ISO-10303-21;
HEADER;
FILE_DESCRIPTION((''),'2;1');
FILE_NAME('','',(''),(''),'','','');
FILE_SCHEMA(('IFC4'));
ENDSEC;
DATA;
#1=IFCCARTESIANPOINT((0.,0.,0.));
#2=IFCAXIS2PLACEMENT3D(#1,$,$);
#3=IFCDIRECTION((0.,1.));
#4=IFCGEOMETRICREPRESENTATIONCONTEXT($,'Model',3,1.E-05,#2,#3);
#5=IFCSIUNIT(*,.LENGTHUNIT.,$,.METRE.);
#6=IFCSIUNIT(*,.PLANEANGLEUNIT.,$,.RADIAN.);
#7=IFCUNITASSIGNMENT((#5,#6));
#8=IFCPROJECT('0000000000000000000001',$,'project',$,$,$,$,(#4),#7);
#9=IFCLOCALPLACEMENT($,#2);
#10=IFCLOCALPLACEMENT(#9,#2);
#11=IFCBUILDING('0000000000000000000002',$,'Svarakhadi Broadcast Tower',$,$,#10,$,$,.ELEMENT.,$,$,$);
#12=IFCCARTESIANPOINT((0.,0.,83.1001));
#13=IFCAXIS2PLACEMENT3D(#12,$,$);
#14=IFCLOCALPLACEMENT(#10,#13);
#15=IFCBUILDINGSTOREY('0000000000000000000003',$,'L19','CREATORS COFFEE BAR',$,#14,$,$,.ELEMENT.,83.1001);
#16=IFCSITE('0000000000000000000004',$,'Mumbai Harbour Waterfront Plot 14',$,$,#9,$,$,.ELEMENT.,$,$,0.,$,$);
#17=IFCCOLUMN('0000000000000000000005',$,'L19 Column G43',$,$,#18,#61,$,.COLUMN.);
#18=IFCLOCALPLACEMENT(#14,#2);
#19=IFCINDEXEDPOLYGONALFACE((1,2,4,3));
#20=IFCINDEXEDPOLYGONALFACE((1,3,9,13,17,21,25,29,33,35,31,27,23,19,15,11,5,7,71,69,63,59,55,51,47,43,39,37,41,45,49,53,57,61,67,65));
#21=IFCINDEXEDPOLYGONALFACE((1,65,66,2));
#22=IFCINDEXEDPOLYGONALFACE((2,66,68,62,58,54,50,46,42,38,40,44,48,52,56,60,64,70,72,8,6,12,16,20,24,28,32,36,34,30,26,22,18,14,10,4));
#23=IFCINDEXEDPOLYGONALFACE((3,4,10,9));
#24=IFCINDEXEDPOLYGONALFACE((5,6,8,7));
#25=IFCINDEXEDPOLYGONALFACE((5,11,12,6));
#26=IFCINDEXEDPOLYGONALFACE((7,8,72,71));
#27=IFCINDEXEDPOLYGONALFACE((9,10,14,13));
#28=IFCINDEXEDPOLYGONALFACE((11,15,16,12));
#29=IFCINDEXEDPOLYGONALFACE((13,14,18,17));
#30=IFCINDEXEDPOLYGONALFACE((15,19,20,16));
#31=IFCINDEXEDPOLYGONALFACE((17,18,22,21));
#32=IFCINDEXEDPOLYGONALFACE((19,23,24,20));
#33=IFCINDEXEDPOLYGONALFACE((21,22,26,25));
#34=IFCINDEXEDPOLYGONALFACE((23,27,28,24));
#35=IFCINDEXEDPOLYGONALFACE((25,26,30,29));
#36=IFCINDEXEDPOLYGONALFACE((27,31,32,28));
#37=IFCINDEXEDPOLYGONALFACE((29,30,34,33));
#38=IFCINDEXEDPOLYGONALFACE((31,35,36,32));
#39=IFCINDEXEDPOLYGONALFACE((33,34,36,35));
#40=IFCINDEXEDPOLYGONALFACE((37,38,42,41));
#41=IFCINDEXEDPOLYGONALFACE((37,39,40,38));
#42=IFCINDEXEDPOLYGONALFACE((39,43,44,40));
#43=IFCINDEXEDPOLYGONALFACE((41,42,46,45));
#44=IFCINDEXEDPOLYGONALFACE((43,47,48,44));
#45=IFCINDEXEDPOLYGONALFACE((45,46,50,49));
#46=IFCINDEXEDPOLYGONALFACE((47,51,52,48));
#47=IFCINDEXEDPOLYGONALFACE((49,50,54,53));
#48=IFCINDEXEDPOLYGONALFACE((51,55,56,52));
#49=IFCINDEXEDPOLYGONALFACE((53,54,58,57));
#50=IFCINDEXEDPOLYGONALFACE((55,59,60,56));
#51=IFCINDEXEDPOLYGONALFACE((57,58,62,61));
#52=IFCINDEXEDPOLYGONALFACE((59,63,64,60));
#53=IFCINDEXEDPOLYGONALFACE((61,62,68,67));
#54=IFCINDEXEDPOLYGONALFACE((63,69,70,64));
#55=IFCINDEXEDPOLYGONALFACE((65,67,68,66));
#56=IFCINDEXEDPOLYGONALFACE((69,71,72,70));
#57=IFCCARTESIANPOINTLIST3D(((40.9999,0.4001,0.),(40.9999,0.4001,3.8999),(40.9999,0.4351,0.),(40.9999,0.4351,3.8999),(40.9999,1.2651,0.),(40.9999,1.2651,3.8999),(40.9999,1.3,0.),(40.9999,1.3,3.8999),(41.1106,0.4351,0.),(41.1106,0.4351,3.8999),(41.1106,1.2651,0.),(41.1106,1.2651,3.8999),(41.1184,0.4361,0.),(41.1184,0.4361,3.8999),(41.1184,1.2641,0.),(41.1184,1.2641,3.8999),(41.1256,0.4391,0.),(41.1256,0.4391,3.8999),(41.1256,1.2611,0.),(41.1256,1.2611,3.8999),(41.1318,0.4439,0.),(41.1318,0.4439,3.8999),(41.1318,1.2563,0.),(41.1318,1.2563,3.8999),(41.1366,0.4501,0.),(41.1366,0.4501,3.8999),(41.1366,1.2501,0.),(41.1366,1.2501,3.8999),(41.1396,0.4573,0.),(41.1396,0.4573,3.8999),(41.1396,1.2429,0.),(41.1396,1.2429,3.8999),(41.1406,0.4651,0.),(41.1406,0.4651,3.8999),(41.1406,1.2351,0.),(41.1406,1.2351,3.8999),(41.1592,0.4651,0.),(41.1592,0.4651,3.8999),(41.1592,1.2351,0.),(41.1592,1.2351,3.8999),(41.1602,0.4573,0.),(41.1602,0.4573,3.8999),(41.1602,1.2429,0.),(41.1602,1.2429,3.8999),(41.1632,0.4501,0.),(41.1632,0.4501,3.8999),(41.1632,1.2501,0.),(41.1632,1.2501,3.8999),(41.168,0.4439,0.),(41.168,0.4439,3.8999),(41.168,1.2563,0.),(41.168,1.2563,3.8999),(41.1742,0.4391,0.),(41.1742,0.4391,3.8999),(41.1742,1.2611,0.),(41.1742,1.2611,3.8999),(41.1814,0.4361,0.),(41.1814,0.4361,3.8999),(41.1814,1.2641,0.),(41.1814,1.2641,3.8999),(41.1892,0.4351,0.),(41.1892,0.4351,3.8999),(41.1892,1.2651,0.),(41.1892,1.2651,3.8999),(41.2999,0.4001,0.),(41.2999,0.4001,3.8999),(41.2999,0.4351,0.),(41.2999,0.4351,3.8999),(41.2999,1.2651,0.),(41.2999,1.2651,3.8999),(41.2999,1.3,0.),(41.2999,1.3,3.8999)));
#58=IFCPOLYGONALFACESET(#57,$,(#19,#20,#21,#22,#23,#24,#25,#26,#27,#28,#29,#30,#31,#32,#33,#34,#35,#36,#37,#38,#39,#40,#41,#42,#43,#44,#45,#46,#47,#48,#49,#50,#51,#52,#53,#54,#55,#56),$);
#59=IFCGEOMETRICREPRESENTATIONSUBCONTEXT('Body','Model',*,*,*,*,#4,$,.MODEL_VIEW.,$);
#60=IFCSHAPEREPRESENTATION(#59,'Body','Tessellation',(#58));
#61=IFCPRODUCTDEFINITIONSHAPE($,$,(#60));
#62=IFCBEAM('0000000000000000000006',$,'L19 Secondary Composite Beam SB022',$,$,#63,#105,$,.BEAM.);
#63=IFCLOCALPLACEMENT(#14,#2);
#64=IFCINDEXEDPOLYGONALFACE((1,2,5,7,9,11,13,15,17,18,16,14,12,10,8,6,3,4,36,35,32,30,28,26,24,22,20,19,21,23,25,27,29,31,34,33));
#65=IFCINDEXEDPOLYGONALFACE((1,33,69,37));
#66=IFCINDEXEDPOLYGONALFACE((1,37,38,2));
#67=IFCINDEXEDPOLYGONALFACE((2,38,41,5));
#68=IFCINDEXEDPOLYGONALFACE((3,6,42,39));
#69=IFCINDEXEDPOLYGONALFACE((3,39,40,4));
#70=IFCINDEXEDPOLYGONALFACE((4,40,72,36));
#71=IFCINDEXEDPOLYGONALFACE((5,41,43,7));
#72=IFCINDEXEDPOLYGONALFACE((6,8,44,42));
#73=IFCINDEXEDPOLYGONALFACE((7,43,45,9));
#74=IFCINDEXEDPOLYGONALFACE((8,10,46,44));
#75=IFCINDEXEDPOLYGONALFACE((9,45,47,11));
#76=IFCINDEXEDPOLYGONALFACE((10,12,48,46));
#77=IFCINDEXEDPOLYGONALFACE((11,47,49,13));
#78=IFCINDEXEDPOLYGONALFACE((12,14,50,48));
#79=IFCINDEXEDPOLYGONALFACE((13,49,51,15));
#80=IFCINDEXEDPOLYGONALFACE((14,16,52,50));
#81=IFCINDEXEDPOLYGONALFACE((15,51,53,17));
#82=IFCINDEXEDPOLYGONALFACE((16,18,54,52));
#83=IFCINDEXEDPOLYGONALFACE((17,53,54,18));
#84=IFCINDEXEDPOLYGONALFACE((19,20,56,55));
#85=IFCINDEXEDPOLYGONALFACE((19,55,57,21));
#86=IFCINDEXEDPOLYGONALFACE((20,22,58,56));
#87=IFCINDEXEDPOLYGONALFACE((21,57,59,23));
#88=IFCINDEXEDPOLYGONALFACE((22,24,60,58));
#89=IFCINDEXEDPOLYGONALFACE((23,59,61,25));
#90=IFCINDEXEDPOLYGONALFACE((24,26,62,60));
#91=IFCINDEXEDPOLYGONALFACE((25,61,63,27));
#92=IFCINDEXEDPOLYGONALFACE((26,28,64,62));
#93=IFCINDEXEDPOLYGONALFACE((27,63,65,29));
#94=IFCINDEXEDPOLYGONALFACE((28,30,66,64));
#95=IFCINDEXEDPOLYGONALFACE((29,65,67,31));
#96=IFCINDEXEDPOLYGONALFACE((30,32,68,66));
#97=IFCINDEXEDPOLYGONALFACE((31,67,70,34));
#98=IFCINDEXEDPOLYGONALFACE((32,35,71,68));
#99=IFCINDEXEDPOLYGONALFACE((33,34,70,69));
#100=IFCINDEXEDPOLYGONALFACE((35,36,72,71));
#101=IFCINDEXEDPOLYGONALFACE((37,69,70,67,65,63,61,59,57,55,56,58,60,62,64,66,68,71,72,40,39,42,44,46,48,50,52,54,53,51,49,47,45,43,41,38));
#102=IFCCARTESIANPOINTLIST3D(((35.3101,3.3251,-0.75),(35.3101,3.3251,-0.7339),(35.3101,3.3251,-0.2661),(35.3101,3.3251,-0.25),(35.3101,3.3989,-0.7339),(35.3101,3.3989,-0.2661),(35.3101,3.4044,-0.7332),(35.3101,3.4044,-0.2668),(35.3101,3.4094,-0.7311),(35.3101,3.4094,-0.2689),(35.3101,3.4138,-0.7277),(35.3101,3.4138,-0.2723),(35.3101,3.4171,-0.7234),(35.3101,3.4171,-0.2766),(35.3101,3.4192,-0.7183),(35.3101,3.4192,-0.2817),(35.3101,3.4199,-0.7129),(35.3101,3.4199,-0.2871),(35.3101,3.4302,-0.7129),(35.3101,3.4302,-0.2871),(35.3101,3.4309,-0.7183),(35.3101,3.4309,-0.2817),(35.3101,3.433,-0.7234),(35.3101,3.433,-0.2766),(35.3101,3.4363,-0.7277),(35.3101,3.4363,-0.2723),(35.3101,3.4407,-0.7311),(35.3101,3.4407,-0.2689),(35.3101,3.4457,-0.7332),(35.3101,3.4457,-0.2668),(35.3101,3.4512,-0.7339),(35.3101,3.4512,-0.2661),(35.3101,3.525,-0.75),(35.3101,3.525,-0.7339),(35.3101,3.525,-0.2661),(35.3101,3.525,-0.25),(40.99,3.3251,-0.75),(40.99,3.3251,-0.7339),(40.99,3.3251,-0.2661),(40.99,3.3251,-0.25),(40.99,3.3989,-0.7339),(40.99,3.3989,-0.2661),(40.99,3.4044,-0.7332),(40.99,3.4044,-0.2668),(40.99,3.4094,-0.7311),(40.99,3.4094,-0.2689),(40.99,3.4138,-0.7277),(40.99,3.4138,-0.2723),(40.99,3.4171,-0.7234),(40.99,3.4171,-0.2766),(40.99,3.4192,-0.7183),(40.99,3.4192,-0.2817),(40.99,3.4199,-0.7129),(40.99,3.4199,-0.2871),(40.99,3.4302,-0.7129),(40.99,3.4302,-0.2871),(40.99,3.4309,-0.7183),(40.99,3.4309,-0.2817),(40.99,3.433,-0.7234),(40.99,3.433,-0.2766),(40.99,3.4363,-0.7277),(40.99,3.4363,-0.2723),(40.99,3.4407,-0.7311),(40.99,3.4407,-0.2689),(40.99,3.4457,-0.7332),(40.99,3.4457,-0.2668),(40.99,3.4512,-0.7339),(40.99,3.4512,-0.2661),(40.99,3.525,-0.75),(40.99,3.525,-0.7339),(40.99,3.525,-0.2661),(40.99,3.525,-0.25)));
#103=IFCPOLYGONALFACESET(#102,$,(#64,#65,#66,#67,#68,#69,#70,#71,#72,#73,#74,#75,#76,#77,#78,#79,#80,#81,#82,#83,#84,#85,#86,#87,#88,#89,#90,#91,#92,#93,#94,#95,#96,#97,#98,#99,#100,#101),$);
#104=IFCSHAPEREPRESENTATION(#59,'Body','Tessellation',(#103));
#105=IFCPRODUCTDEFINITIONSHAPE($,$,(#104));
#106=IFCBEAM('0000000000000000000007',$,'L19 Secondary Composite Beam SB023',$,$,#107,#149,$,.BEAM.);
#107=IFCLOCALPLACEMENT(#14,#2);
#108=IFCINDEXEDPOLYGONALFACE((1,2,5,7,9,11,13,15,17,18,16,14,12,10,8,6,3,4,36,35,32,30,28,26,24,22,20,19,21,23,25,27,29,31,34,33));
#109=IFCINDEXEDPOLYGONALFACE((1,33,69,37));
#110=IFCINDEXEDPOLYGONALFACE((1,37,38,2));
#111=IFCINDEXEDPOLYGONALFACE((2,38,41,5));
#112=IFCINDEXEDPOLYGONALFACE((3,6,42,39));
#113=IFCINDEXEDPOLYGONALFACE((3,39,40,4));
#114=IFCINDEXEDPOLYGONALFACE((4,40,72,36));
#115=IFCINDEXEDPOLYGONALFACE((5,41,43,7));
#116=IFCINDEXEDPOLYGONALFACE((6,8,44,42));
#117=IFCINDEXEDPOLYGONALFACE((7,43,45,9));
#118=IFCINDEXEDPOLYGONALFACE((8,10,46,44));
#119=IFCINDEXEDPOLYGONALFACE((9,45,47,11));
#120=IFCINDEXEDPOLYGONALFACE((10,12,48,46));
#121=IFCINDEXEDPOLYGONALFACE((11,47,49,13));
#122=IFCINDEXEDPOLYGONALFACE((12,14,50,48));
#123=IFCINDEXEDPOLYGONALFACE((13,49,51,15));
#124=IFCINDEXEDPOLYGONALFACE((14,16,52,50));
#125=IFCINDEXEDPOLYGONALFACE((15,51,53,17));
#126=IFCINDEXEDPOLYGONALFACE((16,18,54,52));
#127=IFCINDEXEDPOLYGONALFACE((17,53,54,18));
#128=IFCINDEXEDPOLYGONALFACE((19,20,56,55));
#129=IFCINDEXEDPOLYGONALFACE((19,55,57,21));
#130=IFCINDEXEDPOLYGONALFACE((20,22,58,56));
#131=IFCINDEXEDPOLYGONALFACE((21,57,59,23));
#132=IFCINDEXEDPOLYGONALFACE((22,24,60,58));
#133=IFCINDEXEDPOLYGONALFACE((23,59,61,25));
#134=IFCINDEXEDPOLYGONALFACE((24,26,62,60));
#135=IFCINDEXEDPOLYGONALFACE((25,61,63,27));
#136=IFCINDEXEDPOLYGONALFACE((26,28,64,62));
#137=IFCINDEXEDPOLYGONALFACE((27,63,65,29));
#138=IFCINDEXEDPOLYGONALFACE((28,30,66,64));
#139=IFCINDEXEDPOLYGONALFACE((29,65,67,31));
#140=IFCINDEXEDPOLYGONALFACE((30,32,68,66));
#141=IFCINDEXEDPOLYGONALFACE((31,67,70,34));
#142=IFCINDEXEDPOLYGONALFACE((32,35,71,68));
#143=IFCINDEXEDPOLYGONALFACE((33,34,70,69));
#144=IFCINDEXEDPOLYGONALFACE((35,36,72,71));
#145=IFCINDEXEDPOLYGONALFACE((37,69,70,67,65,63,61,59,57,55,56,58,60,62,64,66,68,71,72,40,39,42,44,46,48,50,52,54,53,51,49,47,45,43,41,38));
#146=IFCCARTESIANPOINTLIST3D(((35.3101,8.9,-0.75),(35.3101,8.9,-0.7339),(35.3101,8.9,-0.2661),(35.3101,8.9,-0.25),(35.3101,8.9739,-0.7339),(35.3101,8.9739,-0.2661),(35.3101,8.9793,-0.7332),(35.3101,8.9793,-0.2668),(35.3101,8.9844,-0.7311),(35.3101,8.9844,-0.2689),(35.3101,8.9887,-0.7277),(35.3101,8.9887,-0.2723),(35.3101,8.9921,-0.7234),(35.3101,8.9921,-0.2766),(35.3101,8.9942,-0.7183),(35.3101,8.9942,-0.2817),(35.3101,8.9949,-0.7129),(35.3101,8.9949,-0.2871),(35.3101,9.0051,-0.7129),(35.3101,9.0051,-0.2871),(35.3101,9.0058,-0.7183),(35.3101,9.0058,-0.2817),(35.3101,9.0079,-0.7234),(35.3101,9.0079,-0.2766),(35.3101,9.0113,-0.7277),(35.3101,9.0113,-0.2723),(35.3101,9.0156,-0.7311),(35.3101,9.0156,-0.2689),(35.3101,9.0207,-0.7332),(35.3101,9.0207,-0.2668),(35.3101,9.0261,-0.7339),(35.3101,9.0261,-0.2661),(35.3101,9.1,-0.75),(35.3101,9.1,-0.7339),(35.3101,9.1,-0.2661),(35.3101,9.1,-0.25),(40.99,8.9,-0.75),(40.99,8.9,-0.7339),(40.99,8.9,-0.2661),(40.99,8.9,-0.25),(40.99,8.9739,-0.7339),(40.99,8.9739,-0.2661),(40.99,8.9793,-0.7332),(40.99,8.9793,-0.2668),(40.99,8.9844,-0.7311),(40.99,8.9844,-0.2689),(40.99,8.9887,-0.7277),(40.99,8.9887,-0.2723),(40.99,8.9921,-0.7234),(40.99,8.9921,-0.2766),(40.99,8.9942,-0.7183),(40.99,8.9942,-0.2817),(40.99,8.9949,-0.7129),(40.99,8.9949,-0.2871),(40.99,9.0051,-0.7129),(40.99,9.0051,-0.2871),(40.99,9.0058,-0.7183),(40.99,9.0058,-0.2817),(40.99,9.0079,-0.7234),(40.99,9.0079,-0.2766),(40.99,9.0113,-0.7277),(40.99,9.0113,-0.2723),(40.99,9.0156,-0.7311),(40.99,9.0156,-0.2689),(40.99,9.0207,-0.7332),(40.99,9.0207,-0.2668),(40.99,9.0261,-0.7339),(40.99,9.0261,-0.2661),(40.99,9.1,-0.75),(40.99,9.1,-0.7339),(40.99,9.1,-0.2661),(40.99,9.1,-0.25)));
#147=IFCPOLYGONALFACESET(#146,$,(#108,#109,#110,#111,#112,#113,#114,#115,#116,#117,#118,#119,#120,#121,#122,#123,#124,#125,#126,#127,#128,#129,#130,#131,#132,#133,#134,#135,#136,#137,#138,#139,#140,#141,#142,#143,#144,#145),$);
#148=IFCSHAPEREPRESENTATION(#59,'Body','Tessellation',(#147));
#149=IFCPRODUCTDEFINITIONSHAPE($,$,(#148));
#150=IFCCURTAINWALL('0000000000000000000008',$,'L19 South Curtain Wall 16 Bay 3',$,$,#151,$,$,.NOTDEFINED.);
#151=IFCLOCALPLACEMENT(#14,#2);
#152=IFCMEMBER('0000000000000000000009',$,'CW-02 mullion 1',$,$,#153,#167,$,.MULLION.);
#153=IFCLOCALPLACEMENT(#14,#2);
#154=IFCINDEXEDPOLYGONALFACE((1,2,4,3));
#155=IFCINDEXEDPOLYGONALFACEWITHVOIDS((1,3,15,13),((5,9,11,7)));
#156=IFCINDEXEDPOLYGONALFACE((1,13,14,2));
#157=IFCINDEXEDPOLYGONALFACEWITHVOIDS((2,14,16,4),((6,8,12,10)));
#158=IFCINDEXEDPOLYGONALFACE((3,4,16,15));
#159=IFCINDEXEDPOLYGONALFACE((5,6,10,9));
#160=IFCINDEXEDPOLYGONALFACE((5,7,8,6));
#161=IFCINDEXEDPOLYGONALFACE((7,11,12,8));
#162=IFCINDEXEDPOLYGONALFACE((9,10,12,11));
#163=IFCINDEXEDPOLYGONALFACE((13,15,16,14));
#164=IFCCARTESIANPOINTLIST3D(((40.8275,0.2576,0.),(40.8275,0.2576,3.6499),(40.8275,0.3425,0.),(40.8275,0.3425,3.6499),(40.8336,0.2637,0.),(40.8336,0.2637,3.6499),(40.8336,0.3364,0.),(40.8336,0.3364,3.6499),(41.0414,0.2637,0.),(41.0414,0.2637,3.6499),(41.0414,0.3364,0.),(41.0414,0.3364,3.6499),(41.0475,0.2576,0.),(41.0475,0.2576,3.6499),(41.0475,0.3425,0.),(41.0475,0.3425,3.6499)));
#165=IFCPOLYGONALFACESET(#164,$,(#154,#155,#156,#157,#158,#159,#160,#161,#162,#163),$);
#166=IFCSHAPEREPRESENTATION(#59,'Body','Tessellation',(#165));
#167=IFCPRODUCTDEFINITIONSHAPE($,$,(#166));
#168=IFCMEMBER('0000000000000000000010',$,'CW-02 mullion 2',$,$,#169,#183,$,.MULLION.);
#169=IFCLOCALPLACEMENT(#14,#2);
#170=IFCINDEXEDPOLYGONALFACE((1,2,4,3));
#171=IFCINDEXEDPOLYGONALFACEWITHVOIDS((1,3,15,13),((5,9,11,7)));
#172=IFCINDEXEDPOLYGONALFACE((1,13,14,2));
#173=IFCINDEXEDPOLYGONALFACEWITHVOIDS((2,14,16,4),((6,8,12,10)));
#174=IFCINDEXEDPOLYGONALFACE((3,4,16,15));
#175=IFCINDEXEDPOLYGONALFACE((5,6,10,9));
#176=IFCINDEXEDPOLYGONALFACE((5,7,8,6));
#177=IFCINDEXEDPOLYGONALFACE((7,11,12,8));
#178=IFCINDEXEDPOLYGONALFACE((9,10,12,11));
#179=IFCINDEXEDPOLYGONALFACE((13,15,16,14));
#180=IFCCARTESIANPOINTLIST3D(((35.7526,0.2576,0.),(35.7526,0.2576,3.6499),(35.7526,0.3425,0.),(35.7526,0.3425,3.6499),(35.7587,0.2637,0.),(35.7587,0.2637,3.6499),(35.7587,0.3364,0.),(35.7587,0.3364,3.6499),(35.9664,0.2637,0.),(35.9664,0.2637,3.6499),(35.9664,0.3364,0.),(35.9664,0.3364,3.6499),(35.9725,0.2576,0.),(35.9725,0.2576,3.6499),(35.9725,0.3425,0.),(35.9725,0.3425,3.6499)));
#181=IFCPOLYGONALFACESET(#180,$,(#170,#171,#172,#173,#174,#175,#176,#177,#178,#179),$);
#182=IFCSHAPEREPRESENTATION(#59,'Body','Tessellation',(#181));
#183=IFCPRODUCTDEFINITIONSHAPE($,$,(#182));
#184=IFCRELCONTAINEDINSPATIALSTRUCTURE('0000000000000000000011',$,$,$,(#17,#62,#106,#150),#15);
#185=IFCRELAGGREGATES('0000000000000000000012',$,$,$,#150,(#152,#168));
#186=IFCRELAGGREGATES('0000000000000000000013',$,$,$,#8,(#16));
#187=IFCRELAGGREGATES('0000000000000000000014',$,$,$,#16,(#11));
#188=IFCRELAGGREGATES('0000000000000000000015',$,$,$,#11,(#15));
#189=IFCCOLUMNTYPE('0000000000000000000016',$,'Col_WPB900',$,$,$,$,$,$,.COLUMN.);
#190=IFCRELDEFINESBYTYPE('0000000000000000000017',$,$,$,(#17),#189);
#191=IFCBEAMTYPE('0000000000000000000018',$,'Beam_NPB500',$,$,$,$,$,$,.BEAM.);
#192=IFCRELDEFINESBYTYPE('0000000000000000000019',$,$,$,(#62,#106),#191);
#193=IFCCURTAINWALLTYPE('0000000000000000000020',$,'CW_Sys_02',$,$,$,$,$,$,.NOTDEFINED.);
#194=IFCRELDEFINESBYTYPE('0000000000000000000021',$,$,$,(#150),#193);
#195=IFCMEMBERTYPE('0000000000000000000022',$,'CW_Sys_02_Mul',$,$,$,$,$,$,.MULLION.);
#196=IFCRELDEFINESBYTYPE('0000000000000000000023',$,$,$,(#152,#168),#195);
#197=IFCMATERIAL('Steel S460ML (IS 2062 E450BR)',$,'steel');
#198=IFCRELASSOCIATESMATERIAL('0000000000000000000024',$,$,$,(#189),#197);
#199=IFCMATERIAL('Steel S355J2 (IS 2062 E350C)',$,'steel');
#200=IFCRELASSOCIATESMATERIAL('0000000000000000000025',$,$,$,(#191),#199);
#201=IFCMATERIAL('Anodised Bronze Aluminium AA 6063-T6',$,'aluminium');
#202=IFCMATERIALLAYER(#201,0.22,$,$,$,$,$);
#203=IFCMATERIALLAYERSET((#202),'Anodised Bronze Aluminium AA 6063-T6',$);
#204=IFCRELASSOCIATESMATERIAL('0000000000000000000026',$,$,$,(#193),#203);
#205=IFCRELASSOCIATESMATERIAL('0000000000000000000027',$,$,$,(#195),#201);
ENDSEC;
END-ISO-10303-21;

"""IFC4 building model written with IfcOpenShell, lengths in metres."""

from ifc_helpers import new_model, si_unit, direction, frame, origin, origin_2d, place, context, subcontext, project, spatial, hollow_rectangle, i_section, extrude, material, layer, layer_set, material_profile, profile_set, type_object, element, aggregate, save


model = new_model("IFC4")

# Units and contexts
model_context = context("Model", 3, precision=1e-05, world=origin(), true_north=direction((0.0, 1.0)))
body_context = subcontext(model_context, "Body", "Model", "MODEL_VIEW")
ifc_project = project(units=[si_unit("LENGTHUNIT", "METRE"), si_unit("PLANEANGLEUNIT", "RADIAN")], contexts=[model_context])

# Site, building, storey
site_placement = place(None, origin())
site = spatial("IfcSite", under=ifc_project, at=site_placement, Name="Mumbai Harbour Waterfront Plot 14", CompositionType="ELEMENT", RefElevation=0.0)
building_placement = place(site_placement, origin())
building = spatial("IfcBuilding", under=site, at=building_placement, Name="Svarakhadi Broadcast Tower", CompositionType="ELEMENT")
storey_placement = place(building_placement, frame((0.0, 0.0, 83.1001)))
storey = spatial("IfcBuildingStorey", under=building, at=storey_placement, Name="L19", Description="CREATORS COFFEE BAR", CompositionType="ELEMENT", Elevation=83.1001)

# Column
ifc_material_1 = material(Name="Steel S460ML (IS 2062 E450BR)", Category="steel")
ifc_material_profile_1 = material_profile(ifc_material_1, i_section(OverallWidth=0.3, OverallDepth=0.8999, WebThickness=0.0186, FlangeThickness=0.0349, FilletRadius=0.03, at=origin_2d()), Name="WPB 900x300x291")
ifc_profile_set_1 = profile_set([ifc_material_profile_1], Name="Steel S460ML (IS 2062 E450BR)")
column_type = type_object("IfcColumnType", Name="Col_WPB900", PredefinedType="COLUMN", material=ifc_profile_set_1)
column_placement = place(storey_placement, frame((41.1499, 0.8501, 0.0), z_axis=(0.0, 0.0, 1.0), x_axis=(1.0, 0.0, 0.0)))
element("IfcColumn", 1, at=column_placement, inside=storey, type_object=column_type, Name="L19 Column G43", PredefinedType="COLUMN", context=body_context, shape_type="SweptSolid", body=[
    extrude(i_section(OverallWidth=0.3, OverallDepth=0.8999, WebThickness=0.0186, FlangeThickness=0.0349, FilletRadius=0.03, at=origin_2d()), origin(), (0.0, 0.0, 1.0), 3.8999),
])

# Beams
ifc_material_2 = material(Name="Steel S355J2 (IS 2062 E350C)", Category="steel")
ifc_material_profile_2 = material_profile(ifc_material_2, i_section(OverallWidth=0.2, OverallDepth=0.5, WebThickness=0.0103, FlangeThickness=0.0161, FilletRadius=0.021, at=origin_2d()), Name="NPB 500x200x91")
ifc_profile_set_2 = profile_set([ifc_material_profile_2], Name="Steel S355J2 (IS 2062 E350C)")
beam_type_1 = type_object("IfcBeamType", Name="Beam_NPB500", PredefinedType="BEAM", material=ifc_profile_set_2)
for number, where, z_axis, x_axis, name in (
    (2, (35.3101, 3.425, -0.5), (1.0, 0.0, 0.0), (0.0, 1.0, 0.0), "L19 Secondary Composite Beam SB022"),
    (3, (35.3101, 9.0, -0.5), (1.0, 0.0, 0.0), (0.0, 1.0, 0.0), "L19 Secondary Composite Beam SB023"),
):
    element("IfcBeam", number, at=place(storey_placement, frame(where, z_axis=z_axis, x_axis=x_axis)), inside=storey, type_object=beam_type_1, Name=name, PredefinedType="BEAM", context=body_context, shape_type="SweptSolid", body=[
        extrude(i_section(OverallWidth=0.2, OverallDepth=0.5, WebThickness=0.0103, FlangeThickness=0.0161, FilletRadius=0.021, at=origin_2d()), origin(), (0.0, 0.0, 1.0), 5.6799),
    ])

# Curtain wall, members
ifc_material_3 = material(Name="Anodised Bronze Aluminium AA 6063-T6", Category="aluminium")
ifc_layer_1 = layer(ifc_material_3, 0.22)
ifc_layer_set_1 = layer_set([ifc_layer_1], Name="Anodised Bronze Aluminium AA 6063-T6")
curtain_wall_type = type_object("IfcCurtainWallType", Name="CW_Sys_02", PredefinedType="NOTDEFINED", material=ifc_layer_set_1)
curtain_wall_placement = place(storey_placement, origin())
curtain_wall = element("IfcCurtainWall", 4, at=curtain_wall_placement, inside=storey, type_object=curtain_wall_type, Name="L19 South Curtain Wall 16 Bay 3", PredefinedType="NOTDEFINED")
ifc_material_profile_3 = material_profile(ifc_material_3, hollow_rectangle(XDim=0.085, YDim=0.22, WallThickness=0.0061, at=origin_2d()), Name="ALU MULLION 220x85x6")
ifc_profile_set_3 = profile_set([ifc_material_profile_3], Name="Anodised Bronze Aluminium AA 6063-T6")
member_type_1 = type_object("IfcMemberType", Name="CW_Sys_02_Mul", PredefinedType="MULLION", material=ifc_profile_set_3)
member_1_placement = place(storey_placement, frame((40.9375, 0.3, 0.0), z_axis=(0.0, 0.0, 1.0), x_axis=(0.0, -1.0, 0.0)))
member_1 = element("IfcMember", 5, at=member_1_placement, type_object=member_type_1, Name="CW-02 mullion 1", PredefinedType="MULLION", context=body_context, shape_type="SweptSolid", body=[
    extrude(hollow_rectangle(XDim=0.085, YDim=0.22, WallThickness=0.0061, at=origin_2d()), origin(), (0.0, 0.0, 1.0), 3.6499),
])
member_2_placement = place(storey_placement, frame((35.8625, 0.3, 0.0), z_axis=(0.0, 0.0, 1.0), x_axis=(0.0, -1.0, 0.0)))
member_2 = element("IfcMember", 6, at=member_2_placement, type_object=member_type_1, Name="CW-02 mullion 2", PredefinedType="MULLION", context=body_context, shape_type="SweptSolid", body=[
    extrude(hollow_rectangle(XDim=0.085, YDim=0.22, WallThickness=0.0061, at=origin_2d()), origin(), (0.0, 0.0, 1.0), 3.6499),
])

aggregate(curtain_wall, [member_1, member_2])

save(model, "model.ifc")
